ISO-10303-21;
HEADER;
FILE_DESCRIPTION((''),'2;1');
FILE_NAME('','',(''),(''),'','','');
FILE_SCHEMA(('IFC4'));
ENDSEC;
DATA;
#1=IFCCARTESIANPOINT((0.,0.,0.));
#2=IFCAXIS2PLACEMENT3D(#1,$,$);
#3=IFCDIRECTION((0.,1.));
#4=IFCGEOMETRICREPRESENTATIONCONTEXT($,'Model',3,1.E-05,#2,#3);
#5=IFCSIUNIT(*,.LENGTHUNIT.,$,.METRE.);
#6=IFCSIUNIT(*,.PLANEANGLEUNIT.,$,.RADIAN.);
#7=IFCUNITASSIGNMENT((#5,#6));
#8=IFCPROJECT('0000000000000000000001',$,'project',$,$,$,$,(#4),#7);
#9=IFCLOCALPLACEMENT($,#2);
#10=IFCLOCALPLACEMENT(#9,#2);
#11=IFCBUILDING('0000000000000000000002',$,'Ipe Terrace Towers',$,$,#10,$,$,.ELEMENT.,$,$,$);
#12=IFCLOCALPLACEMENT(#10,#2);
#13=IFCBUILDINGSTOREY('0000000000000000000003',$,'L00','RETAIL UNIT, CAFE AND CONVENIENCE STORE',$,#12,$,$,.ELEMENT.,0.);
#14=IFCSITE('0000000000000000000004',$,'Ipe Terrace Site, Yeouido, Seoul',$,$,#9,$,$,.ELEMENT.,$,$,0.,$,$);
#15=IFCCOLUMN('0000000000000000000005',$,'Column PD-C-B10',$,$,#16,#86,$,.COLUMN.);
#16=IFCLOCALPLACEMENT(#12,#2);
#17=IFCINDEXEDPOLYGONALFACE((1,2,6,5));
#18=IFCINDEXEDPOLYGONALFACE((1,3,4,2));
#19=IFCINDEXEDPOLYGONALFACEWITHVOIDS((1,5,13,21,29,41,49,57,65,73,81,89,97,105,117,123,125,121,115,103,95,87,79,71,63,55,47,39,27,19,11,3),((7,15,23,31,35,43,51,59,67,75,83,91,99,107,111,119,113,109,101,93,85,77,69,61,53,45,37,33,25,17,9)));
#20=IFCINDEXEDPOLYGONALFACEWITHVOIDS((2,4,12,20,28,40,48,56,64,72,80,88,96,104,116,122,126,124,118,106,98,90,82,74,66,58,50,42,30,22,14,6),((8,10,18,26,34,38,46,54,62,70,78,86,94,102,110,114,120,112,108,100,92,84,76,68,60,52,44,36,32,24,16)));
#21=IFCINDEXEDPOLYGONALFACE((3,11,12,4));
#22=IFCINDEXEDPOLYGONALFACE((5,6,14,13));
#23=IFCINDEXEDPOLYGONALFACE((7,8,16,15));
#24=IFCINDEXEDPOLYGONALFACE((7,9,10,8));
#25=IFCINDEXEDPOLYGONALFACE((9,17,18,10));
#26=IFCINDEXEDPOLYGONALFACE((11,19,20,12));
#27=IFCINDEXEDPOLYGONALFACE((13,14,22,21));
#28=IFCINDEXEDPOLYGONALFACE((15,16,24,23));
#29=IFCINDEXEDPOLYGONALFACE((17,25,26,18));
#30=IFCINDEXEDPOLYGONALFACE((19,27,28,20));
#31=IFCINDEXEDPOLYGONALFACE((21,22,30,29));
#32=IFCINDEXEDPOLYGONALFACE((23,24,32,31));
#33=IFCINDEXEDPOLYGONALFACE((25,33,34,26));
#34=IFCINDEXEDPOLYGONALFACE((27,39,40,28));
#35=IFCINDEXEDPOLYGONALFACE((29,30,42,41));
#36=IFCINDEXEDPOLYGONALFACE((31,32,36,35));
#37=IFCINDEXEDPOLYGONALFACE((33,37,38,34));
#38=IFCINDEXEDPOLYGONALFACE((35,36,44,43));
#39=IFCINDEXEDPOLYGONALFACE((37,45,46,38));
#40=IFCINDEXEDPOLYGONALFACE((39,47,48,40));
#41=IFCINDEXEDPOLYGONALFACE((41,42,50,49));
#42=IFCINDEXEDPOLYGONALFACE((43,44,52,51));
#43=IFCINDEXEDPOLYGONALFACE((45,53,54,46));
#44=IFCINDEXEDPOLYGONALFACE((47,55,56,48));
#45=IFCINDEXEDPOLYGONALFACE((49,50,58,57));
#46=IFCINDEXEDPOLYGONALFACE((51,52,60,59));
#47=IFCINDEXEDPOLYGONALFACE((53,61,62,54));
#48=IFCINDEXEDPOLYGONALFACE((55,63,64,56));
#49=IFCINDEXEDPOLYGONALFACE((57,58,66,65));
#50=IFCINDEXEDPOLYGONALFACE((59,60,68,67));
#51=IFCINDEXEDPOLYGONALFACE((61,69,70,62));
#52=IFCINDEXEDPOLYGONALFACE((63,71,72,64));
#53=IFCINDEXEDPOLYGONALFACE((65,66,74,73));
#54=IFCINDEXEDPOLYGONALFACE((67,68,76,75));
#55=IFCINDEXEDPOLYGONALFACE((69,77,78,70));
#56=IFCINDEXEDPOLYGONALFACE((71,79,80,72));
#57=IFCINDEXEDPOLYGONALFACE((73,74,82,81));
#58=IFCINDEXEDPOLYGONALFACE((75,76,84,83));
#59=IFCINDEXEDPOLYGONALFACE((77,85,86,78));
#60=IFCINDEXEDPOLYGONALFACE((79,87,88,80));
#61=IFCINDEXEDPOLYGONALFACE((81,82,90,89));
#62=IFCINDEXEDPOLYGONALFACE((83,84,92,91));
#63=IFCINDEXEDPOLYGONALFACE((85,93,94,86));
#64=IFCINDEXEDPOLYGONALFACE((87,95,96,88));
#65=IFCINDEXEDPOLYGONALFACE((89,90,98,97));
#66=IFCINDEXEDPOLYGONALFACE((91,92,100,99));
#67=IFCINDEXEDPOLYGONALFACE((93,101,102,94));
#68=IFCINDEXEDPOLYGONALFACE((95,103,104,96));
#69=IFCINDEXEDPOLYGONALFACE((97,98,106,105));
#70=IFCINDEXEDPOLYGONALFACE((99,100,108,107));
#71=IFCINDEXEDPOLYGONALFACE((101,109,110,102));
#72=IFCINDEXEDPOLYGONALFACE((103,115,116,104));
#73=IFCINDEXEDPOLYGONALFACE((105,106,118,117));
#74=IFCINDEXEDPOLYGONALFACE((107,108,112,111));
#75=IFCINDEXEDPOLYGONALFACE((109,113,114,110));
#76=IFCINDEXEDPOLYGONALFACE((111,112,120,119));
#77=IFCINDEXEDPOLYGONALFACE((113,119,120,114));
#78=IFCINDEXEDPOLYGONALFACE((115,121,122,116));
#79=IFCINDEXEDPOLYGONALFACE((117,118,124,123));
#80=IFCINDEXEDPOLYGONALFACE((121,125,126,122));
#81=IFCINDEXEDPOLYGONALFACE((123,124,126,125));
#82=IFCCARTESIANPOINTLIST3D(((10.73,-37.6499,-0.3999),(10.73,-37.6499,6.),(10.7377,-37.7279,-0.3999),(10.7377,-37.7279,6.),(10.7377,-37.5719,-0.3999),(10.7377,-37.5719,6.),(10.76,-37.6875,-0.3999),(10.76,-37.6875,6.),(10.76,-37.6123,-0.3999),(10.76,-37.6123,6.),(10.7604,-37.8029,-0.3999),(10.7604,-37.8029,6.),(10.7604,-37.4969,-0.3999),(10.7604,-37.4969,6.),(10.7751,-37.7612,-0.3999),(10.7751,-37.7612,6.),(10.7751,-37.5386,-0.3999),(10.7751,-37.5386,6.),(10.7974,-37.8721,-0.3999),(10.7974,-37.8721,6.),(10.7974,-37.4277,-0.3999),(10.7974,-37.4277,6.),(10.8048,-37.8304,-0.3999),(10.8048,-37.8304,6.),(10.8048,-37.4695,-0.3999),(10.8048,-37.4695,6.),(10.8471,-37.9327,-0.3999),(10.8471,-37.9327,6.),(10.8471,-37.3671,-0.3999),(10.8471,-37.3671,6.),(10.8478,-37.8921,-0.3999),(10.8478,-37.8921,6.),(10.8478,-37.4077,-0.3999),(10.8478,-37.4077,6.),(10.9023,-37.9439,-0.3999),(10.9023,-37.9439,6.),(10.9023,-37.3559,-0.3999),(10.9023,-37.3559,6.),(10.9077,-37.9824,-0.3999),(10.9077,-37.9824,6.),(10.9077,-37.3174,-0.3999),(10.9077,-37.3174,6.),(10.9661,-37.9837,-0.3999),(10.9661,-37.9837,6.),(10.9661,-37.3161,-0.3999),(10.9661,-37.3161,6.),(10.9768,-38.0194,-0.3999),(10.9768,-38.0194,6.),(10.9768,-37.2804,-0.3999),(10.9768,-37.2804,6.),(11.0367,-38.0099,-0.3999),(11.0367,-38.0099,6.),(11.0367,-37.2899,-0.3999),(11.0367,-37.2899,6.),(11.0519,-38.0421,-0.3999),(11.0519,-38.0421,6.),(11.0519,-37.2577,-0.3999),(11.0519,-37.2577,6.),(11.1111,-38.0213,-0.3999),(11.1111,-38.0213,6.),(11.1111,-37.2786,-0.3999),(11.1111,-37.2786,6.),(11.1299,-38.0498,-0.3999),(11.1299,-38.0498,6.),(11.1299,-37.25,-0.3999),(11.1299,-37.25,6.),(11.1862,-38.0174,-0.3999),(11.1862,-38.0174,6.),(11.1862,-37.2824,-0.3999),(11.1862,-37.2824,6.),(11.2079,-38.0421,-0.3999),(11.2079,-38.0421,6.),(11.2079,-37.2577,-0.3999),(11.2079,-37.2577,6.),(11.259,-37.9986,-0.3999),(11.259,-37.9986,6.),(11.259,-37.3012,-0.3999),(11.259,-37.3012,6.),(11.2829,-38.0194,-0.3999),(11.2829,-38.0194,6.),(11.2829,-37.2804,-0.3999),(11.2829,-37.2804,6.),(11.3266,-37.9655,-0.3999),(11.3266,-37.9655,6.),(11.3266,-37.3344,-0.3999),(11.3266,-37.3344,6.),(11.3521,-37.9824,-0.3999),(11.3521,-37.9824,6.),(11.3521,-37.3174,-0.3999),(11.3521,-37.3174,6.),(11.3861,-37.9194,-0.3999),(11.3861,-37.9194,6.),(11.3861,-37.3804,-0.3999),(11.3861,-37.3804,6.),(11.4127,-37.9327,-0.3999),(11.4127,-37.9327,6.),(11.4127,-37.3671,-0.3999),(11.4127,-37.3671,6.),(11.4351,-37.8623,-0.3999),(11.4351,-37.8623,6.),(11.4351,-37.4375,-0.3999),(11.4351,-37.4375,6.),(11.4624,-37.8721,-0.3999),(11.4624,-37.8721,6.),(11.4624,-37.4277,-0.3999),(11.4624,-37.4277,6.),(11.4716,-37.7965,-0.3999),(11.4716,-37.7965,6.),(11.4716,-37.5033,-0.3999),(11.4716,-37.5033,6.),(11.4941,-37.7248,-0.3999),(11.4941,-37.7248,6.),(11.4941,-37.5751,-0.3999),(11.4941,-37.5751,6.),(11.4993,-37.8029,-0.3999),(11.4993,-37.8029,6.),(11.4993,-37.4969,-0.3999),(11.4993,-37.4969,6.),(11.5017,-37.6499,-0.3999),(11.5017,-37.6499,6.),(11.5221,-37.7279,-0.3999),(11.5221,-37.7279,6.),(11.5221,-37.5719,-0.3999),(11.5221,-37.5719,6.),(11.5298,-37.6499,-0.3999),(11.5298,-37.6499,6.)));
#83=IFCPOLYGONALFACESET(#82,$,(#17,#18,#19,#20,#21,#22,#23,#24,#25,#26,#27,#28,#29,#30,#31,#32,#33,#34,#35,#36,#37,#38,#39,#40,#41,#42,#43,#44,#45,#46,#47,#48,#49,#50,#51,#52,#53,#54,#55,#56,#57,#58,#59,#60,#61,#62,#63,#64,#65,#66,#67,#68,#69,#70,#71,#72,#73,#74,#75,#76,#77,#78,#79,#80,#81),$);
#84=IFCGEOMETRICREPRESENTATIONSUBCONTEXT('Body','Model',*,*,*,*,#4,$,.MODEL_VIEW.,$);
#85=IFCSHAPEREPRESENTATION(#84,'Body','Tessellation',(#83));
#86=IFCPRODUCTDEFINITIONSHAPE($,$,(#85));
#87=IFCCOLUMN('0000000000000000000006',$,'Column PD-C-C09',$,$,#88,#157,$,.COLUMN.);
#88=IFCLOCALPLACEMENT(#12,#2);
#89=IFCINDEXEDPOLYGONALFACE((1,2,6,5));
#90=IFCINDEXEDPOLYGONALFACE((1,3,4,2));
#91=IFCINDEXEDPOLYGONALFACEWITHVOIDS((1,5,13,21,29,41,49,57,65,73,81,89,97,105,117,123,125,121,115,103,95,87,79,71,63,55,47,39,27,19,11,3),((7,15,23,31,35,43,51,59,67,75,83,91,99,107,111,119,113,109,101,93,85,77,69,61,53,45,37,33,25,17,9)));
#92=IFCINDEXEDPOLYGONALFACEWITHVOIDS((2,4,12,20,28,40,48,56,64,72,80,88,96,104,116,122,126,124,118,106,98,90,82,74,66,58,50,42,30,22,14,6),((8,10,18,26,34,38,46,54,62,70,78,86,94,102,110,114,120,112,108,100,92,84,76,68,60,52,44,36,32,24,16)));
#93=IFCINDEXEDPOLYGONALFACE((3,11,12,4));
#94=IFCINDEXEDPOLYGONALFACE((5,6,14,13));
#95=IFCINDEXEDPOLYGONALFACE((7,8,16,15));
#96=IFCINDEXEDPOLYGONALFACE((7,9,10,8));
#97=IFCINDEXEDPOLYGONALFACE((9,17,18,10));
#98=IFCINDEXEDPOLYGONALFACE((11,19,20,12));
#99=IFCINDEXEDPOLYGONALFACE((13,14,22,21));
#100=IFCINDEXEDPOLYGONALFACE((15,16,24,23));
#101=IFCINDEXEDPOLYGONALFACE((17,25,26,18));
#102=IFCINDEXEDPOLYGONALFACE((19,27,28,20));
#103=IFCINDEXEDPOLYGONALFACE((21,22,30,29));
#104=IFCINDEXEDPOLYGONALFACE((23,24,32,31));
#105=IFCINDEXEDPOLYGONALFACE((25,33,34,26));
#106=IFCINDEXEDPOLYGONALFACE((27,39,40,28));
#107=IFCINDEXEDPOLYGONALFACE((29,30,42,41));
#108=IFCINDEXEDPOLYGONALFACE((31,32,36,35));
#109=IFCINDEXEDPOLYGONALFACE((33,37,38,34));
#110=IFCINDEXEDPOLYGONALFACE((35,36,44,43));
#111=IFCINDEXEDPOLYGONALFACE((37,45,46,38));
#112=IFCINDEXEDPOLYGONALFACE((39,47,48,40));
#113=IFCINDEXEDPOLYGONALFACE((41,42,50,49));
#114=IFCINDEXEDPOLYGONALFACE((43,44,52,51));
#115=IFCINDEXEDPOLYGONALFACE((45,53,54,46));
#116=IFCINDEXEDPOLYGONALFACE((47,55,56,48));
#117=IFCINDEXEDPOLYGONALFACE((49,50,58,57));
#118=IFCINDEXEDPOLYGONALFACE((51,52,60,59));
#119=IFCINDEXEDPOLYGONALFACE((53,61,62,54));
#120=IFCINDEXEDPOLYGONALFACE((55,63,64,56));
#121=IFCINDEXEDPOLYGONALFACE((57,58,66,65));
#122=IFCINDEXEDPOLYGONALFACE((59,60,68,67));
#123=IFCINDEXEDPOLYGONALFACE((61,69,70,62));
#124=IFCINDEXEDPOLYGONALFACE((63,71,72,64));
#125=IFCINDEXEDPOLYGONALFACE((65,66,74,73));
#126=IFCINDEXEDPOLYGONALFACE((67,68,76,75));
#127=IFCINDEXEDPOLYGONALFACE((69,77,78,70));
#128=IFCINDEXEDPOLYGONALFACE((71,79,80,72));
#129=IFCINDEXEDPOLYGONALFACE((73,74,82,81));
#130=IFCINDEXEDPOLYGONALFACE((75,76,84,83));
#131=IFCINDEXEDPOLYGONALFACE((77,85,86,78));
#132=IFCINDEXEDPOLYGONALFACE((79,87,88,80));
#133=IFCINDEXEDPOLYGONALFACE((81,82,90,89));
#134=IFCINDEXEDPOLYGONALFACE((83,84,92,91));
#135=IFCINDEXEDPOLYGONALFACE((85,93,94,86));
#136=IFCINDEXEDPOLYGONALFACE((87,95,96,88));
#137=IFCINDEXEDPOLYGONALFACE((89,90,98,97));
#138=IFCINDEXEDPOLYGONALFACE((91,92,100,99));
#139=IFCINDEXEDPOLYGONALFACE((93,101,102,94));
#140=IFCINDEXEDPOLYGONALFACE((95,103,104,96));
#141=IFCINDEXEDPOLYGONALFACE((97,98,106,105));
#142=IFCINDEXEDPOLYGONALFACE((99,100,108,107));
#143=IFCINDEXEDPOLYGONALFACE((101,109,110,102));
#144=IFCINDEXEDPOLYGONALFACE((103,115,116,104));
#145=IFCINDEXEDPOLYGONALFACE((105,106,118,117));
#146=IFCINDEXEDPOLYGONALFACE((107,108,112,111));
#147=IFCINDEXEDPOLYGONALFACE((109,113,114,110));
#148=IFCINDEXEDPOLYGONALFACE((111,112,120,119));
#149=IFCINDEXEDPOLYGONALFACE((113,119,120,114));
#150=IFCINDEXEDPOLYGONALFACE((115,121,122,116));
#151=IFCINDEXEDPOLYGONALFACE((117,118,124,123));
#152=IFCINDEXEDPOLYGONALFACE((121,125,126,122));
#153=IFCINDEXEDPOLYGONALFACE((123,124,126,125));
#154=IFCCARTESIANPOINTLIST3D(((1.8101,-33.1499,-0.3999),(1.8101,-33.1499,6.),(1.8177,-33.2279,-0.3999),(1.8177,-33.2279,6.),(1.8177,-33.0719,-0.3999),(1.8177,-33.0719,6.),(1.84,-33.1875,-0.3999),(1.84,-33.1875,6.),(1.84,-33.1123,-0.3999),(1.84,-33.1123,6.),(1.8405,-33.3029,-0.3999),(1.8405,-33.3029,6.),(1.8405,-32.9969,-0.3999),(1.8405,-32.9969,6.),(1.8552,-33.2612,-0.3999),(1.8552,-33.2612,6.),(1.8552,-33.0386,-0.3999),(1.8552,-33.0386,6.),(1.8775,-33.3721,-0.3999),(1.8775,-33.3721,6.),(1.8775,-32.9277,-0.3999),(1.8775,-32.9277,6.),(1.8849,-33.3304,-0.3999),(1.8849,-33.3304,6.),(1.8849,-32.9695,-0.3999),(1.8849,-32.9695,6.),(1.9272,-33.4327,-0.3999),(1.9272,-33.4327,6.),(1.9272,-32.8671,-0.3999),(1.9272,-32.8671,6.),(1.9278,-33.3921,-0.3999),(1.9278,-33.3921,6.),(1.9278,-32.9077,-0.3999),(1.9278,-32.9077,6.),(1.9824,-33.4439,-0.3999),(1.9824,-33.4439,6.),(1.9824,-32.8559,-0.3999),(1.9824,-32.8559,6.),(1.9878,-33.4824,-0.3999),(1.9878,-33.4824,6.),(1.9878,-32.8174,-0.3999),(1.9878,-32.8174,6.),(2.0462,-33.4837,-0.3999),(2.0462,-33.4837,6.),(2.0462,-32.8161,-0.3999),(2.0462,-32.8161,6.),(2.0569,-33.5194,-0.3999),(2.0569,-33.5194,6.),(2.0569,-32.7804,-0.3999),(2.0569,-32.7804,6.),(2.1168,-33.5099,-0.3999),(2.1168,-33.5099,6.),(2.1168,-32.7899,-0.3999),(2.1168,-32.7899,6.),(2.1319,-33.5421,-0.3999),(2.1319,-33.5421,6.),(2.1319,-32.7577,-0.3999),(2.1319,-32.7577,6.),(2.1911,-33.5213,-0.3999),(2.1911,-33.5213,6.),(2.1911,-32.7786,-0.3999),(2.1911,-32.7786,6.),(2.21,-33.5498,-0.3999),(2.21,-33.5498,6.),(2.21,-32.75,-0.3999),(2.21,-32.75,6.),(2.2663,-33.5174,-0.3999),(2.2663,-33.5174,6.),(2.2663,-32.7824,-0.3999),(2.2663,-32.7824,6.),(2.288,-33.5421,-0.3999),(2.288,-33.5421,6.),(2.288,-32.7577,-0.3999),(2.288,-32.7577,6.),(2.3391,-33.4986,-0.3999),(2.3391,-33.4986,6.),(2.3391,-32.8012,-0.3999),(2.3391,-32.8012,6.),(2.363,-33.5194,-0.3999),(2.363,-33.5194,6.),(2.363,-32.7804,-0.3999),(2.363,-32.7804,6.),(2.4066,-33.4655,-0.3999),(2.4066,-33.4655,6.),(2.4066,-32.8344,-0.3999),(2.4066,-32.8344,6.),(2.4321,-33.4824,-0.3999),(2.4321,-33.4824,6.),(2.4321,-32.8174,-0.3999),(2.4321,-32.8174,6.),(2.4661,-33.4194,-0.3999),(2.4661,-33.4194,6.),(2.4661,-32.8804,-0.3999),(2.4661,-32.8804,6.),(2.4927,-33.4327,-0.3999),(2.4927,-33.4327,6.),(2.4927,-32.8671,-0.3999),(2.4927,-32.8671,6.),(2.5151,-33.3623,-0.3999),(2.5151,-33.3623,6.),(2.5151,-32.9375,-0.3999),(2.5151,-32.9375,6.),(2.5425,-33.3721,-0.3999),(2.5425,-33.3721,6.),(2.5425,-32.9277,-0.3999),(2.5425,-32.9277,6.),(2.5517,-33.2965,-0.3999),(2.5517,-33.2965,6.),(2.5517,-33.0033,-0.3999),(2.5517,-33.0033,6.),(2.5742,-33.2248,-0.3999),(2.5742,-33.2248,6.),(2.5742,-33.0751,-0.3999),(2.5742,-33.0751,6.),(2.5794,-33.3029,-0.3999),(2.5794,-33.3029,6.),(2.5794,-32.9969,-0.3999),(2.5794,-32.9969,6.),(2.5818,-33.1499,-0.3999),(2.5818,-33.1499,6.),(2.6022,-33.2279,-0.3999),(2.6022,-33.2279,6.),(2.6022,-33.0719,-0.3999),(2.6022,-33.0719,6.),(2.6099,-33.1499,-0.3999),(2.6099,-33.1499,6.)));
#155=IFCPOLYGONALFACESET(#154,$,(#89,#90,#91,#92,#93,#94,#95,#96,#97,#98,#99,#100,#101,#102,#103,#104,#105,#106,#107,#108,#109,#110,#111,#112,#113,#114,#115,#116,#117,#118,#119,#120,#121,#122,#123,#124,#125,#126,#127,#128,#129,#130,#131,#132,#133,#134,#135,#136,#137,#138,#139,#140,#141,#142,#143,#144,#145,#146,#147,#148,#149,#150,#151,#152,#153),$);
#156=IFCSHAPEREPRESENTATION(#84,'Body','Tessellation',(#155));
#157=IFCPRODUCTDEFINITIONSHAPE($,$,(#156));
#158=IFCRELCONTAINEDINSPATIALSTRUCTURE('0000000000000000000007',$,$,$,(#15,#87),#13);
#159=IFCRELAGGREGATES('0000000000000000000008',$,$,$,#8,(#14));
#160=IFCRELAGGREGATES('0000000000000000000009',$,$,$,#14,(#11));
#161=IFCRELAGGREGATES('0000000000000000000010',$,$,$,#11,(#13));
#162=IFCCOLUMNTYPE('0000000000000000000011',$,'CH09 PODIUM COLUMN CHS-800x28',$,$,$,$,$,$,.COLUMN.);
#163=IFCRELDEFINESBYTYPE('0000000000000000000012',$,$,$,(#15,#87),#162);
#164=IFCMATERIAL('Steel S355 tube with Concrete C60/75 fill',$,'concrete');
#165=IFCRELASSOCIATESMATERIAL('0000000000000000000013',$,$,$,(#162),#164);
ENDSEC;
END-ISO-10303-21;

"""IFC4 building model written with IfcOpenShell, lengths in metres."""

from ifc_helpers import new_model, si_unit, direction, frame, origin, origin_2d, place, context, subcontext, project, spatial, hollow_circle, extrude, material, material_profile, profile_set, type_object, element, save


model = new_model("IFC4")

# Units and contexts
model_context = context("Model", 3, precision=1e-05, world=origin(), true_north=direction((0.0, 1.0)))
body_context = subcontext(model_context, "Body", "Model", "MODEL_VIEW")
ifc_project = project(units=[si_unit("LENGTHUNIT", "METRE"), si_unit("PLANEANGLEUNIT", "RADIAN")], contexts=[model_context])

# Site, building, storey
site_placement = place(None, origin())
site = spatial("IfcSite", under=ifc_project, at=site_placement, Name="Ipe Terrace Site, Yeouido, Seoul", CompositionType="ELEMENT", RefElevation=0.0)
building_placement = place(site_placement, origin())
building = spatial("IfcBuilding", under=site, at=building_placement, Name="Ipe Terrace Towers", CompositionType="ELEMENT")
storey_placement = place(building_placement, origin())
storey = spatial("IfcBuildingStorey", under=building, at=storey_placement, Name="L00", Description="RETAIL UNIT, CAFE AND CONVENIENCE STORE", CompositionType="ELEMENT", Elevation=0.0)

# Columns
ifc_material_1 = material(Name="Steel S355 tube with Concrete C60/75 fill", Category="concrete")
ifc_material_profile_1 = material_profile(ifc_material_1, hollow_circle(Radius=0.3999, WallThickness=0.0281, at=origin_2d()), Name="CHS-800x28")
ifc_profile_set_1 = profile_set([ifc_material_profile_1], Name="Steel S355 tube with Concrete C60/75 fill")
column_type_1 = type_object("IfcColumnType", Name="CH09 PODIUM COLUMN CHS-800x28", PredefinedType="COLUMN", material=ifc_profile_set_1)
for number, where, z_axis, x_axis, name in (
    (1, (11.1299, -37.6499, -0.3999), (0.0, 0.0, 1.0), (1.0, 0.0, 0.0), "Column PD-C-B10"),
    (2, (2.21, -33.1499, -0.3999), (0.0, 0.0, 1.0), (1.0, 0.0, 0.0), "Column PD-C-C09"),
):
    element("IfcColumn", number, at=place(storey_placement, frame(where, z_axis=z_axis, x_axis=x_axis)), inside=storey, type_object=column_type_1, Name=name, PredefinedType="COLUMN", context=body_context, shape_type="SweptSolid", body=[
        extrude(hollow_circle(Radius=0.3999, WallThickness=0.0281, at=origin_2d()), origin(), (0.0, 0.0, 1.0), 6.3999),
    ])

save(model, "model.ifc")
